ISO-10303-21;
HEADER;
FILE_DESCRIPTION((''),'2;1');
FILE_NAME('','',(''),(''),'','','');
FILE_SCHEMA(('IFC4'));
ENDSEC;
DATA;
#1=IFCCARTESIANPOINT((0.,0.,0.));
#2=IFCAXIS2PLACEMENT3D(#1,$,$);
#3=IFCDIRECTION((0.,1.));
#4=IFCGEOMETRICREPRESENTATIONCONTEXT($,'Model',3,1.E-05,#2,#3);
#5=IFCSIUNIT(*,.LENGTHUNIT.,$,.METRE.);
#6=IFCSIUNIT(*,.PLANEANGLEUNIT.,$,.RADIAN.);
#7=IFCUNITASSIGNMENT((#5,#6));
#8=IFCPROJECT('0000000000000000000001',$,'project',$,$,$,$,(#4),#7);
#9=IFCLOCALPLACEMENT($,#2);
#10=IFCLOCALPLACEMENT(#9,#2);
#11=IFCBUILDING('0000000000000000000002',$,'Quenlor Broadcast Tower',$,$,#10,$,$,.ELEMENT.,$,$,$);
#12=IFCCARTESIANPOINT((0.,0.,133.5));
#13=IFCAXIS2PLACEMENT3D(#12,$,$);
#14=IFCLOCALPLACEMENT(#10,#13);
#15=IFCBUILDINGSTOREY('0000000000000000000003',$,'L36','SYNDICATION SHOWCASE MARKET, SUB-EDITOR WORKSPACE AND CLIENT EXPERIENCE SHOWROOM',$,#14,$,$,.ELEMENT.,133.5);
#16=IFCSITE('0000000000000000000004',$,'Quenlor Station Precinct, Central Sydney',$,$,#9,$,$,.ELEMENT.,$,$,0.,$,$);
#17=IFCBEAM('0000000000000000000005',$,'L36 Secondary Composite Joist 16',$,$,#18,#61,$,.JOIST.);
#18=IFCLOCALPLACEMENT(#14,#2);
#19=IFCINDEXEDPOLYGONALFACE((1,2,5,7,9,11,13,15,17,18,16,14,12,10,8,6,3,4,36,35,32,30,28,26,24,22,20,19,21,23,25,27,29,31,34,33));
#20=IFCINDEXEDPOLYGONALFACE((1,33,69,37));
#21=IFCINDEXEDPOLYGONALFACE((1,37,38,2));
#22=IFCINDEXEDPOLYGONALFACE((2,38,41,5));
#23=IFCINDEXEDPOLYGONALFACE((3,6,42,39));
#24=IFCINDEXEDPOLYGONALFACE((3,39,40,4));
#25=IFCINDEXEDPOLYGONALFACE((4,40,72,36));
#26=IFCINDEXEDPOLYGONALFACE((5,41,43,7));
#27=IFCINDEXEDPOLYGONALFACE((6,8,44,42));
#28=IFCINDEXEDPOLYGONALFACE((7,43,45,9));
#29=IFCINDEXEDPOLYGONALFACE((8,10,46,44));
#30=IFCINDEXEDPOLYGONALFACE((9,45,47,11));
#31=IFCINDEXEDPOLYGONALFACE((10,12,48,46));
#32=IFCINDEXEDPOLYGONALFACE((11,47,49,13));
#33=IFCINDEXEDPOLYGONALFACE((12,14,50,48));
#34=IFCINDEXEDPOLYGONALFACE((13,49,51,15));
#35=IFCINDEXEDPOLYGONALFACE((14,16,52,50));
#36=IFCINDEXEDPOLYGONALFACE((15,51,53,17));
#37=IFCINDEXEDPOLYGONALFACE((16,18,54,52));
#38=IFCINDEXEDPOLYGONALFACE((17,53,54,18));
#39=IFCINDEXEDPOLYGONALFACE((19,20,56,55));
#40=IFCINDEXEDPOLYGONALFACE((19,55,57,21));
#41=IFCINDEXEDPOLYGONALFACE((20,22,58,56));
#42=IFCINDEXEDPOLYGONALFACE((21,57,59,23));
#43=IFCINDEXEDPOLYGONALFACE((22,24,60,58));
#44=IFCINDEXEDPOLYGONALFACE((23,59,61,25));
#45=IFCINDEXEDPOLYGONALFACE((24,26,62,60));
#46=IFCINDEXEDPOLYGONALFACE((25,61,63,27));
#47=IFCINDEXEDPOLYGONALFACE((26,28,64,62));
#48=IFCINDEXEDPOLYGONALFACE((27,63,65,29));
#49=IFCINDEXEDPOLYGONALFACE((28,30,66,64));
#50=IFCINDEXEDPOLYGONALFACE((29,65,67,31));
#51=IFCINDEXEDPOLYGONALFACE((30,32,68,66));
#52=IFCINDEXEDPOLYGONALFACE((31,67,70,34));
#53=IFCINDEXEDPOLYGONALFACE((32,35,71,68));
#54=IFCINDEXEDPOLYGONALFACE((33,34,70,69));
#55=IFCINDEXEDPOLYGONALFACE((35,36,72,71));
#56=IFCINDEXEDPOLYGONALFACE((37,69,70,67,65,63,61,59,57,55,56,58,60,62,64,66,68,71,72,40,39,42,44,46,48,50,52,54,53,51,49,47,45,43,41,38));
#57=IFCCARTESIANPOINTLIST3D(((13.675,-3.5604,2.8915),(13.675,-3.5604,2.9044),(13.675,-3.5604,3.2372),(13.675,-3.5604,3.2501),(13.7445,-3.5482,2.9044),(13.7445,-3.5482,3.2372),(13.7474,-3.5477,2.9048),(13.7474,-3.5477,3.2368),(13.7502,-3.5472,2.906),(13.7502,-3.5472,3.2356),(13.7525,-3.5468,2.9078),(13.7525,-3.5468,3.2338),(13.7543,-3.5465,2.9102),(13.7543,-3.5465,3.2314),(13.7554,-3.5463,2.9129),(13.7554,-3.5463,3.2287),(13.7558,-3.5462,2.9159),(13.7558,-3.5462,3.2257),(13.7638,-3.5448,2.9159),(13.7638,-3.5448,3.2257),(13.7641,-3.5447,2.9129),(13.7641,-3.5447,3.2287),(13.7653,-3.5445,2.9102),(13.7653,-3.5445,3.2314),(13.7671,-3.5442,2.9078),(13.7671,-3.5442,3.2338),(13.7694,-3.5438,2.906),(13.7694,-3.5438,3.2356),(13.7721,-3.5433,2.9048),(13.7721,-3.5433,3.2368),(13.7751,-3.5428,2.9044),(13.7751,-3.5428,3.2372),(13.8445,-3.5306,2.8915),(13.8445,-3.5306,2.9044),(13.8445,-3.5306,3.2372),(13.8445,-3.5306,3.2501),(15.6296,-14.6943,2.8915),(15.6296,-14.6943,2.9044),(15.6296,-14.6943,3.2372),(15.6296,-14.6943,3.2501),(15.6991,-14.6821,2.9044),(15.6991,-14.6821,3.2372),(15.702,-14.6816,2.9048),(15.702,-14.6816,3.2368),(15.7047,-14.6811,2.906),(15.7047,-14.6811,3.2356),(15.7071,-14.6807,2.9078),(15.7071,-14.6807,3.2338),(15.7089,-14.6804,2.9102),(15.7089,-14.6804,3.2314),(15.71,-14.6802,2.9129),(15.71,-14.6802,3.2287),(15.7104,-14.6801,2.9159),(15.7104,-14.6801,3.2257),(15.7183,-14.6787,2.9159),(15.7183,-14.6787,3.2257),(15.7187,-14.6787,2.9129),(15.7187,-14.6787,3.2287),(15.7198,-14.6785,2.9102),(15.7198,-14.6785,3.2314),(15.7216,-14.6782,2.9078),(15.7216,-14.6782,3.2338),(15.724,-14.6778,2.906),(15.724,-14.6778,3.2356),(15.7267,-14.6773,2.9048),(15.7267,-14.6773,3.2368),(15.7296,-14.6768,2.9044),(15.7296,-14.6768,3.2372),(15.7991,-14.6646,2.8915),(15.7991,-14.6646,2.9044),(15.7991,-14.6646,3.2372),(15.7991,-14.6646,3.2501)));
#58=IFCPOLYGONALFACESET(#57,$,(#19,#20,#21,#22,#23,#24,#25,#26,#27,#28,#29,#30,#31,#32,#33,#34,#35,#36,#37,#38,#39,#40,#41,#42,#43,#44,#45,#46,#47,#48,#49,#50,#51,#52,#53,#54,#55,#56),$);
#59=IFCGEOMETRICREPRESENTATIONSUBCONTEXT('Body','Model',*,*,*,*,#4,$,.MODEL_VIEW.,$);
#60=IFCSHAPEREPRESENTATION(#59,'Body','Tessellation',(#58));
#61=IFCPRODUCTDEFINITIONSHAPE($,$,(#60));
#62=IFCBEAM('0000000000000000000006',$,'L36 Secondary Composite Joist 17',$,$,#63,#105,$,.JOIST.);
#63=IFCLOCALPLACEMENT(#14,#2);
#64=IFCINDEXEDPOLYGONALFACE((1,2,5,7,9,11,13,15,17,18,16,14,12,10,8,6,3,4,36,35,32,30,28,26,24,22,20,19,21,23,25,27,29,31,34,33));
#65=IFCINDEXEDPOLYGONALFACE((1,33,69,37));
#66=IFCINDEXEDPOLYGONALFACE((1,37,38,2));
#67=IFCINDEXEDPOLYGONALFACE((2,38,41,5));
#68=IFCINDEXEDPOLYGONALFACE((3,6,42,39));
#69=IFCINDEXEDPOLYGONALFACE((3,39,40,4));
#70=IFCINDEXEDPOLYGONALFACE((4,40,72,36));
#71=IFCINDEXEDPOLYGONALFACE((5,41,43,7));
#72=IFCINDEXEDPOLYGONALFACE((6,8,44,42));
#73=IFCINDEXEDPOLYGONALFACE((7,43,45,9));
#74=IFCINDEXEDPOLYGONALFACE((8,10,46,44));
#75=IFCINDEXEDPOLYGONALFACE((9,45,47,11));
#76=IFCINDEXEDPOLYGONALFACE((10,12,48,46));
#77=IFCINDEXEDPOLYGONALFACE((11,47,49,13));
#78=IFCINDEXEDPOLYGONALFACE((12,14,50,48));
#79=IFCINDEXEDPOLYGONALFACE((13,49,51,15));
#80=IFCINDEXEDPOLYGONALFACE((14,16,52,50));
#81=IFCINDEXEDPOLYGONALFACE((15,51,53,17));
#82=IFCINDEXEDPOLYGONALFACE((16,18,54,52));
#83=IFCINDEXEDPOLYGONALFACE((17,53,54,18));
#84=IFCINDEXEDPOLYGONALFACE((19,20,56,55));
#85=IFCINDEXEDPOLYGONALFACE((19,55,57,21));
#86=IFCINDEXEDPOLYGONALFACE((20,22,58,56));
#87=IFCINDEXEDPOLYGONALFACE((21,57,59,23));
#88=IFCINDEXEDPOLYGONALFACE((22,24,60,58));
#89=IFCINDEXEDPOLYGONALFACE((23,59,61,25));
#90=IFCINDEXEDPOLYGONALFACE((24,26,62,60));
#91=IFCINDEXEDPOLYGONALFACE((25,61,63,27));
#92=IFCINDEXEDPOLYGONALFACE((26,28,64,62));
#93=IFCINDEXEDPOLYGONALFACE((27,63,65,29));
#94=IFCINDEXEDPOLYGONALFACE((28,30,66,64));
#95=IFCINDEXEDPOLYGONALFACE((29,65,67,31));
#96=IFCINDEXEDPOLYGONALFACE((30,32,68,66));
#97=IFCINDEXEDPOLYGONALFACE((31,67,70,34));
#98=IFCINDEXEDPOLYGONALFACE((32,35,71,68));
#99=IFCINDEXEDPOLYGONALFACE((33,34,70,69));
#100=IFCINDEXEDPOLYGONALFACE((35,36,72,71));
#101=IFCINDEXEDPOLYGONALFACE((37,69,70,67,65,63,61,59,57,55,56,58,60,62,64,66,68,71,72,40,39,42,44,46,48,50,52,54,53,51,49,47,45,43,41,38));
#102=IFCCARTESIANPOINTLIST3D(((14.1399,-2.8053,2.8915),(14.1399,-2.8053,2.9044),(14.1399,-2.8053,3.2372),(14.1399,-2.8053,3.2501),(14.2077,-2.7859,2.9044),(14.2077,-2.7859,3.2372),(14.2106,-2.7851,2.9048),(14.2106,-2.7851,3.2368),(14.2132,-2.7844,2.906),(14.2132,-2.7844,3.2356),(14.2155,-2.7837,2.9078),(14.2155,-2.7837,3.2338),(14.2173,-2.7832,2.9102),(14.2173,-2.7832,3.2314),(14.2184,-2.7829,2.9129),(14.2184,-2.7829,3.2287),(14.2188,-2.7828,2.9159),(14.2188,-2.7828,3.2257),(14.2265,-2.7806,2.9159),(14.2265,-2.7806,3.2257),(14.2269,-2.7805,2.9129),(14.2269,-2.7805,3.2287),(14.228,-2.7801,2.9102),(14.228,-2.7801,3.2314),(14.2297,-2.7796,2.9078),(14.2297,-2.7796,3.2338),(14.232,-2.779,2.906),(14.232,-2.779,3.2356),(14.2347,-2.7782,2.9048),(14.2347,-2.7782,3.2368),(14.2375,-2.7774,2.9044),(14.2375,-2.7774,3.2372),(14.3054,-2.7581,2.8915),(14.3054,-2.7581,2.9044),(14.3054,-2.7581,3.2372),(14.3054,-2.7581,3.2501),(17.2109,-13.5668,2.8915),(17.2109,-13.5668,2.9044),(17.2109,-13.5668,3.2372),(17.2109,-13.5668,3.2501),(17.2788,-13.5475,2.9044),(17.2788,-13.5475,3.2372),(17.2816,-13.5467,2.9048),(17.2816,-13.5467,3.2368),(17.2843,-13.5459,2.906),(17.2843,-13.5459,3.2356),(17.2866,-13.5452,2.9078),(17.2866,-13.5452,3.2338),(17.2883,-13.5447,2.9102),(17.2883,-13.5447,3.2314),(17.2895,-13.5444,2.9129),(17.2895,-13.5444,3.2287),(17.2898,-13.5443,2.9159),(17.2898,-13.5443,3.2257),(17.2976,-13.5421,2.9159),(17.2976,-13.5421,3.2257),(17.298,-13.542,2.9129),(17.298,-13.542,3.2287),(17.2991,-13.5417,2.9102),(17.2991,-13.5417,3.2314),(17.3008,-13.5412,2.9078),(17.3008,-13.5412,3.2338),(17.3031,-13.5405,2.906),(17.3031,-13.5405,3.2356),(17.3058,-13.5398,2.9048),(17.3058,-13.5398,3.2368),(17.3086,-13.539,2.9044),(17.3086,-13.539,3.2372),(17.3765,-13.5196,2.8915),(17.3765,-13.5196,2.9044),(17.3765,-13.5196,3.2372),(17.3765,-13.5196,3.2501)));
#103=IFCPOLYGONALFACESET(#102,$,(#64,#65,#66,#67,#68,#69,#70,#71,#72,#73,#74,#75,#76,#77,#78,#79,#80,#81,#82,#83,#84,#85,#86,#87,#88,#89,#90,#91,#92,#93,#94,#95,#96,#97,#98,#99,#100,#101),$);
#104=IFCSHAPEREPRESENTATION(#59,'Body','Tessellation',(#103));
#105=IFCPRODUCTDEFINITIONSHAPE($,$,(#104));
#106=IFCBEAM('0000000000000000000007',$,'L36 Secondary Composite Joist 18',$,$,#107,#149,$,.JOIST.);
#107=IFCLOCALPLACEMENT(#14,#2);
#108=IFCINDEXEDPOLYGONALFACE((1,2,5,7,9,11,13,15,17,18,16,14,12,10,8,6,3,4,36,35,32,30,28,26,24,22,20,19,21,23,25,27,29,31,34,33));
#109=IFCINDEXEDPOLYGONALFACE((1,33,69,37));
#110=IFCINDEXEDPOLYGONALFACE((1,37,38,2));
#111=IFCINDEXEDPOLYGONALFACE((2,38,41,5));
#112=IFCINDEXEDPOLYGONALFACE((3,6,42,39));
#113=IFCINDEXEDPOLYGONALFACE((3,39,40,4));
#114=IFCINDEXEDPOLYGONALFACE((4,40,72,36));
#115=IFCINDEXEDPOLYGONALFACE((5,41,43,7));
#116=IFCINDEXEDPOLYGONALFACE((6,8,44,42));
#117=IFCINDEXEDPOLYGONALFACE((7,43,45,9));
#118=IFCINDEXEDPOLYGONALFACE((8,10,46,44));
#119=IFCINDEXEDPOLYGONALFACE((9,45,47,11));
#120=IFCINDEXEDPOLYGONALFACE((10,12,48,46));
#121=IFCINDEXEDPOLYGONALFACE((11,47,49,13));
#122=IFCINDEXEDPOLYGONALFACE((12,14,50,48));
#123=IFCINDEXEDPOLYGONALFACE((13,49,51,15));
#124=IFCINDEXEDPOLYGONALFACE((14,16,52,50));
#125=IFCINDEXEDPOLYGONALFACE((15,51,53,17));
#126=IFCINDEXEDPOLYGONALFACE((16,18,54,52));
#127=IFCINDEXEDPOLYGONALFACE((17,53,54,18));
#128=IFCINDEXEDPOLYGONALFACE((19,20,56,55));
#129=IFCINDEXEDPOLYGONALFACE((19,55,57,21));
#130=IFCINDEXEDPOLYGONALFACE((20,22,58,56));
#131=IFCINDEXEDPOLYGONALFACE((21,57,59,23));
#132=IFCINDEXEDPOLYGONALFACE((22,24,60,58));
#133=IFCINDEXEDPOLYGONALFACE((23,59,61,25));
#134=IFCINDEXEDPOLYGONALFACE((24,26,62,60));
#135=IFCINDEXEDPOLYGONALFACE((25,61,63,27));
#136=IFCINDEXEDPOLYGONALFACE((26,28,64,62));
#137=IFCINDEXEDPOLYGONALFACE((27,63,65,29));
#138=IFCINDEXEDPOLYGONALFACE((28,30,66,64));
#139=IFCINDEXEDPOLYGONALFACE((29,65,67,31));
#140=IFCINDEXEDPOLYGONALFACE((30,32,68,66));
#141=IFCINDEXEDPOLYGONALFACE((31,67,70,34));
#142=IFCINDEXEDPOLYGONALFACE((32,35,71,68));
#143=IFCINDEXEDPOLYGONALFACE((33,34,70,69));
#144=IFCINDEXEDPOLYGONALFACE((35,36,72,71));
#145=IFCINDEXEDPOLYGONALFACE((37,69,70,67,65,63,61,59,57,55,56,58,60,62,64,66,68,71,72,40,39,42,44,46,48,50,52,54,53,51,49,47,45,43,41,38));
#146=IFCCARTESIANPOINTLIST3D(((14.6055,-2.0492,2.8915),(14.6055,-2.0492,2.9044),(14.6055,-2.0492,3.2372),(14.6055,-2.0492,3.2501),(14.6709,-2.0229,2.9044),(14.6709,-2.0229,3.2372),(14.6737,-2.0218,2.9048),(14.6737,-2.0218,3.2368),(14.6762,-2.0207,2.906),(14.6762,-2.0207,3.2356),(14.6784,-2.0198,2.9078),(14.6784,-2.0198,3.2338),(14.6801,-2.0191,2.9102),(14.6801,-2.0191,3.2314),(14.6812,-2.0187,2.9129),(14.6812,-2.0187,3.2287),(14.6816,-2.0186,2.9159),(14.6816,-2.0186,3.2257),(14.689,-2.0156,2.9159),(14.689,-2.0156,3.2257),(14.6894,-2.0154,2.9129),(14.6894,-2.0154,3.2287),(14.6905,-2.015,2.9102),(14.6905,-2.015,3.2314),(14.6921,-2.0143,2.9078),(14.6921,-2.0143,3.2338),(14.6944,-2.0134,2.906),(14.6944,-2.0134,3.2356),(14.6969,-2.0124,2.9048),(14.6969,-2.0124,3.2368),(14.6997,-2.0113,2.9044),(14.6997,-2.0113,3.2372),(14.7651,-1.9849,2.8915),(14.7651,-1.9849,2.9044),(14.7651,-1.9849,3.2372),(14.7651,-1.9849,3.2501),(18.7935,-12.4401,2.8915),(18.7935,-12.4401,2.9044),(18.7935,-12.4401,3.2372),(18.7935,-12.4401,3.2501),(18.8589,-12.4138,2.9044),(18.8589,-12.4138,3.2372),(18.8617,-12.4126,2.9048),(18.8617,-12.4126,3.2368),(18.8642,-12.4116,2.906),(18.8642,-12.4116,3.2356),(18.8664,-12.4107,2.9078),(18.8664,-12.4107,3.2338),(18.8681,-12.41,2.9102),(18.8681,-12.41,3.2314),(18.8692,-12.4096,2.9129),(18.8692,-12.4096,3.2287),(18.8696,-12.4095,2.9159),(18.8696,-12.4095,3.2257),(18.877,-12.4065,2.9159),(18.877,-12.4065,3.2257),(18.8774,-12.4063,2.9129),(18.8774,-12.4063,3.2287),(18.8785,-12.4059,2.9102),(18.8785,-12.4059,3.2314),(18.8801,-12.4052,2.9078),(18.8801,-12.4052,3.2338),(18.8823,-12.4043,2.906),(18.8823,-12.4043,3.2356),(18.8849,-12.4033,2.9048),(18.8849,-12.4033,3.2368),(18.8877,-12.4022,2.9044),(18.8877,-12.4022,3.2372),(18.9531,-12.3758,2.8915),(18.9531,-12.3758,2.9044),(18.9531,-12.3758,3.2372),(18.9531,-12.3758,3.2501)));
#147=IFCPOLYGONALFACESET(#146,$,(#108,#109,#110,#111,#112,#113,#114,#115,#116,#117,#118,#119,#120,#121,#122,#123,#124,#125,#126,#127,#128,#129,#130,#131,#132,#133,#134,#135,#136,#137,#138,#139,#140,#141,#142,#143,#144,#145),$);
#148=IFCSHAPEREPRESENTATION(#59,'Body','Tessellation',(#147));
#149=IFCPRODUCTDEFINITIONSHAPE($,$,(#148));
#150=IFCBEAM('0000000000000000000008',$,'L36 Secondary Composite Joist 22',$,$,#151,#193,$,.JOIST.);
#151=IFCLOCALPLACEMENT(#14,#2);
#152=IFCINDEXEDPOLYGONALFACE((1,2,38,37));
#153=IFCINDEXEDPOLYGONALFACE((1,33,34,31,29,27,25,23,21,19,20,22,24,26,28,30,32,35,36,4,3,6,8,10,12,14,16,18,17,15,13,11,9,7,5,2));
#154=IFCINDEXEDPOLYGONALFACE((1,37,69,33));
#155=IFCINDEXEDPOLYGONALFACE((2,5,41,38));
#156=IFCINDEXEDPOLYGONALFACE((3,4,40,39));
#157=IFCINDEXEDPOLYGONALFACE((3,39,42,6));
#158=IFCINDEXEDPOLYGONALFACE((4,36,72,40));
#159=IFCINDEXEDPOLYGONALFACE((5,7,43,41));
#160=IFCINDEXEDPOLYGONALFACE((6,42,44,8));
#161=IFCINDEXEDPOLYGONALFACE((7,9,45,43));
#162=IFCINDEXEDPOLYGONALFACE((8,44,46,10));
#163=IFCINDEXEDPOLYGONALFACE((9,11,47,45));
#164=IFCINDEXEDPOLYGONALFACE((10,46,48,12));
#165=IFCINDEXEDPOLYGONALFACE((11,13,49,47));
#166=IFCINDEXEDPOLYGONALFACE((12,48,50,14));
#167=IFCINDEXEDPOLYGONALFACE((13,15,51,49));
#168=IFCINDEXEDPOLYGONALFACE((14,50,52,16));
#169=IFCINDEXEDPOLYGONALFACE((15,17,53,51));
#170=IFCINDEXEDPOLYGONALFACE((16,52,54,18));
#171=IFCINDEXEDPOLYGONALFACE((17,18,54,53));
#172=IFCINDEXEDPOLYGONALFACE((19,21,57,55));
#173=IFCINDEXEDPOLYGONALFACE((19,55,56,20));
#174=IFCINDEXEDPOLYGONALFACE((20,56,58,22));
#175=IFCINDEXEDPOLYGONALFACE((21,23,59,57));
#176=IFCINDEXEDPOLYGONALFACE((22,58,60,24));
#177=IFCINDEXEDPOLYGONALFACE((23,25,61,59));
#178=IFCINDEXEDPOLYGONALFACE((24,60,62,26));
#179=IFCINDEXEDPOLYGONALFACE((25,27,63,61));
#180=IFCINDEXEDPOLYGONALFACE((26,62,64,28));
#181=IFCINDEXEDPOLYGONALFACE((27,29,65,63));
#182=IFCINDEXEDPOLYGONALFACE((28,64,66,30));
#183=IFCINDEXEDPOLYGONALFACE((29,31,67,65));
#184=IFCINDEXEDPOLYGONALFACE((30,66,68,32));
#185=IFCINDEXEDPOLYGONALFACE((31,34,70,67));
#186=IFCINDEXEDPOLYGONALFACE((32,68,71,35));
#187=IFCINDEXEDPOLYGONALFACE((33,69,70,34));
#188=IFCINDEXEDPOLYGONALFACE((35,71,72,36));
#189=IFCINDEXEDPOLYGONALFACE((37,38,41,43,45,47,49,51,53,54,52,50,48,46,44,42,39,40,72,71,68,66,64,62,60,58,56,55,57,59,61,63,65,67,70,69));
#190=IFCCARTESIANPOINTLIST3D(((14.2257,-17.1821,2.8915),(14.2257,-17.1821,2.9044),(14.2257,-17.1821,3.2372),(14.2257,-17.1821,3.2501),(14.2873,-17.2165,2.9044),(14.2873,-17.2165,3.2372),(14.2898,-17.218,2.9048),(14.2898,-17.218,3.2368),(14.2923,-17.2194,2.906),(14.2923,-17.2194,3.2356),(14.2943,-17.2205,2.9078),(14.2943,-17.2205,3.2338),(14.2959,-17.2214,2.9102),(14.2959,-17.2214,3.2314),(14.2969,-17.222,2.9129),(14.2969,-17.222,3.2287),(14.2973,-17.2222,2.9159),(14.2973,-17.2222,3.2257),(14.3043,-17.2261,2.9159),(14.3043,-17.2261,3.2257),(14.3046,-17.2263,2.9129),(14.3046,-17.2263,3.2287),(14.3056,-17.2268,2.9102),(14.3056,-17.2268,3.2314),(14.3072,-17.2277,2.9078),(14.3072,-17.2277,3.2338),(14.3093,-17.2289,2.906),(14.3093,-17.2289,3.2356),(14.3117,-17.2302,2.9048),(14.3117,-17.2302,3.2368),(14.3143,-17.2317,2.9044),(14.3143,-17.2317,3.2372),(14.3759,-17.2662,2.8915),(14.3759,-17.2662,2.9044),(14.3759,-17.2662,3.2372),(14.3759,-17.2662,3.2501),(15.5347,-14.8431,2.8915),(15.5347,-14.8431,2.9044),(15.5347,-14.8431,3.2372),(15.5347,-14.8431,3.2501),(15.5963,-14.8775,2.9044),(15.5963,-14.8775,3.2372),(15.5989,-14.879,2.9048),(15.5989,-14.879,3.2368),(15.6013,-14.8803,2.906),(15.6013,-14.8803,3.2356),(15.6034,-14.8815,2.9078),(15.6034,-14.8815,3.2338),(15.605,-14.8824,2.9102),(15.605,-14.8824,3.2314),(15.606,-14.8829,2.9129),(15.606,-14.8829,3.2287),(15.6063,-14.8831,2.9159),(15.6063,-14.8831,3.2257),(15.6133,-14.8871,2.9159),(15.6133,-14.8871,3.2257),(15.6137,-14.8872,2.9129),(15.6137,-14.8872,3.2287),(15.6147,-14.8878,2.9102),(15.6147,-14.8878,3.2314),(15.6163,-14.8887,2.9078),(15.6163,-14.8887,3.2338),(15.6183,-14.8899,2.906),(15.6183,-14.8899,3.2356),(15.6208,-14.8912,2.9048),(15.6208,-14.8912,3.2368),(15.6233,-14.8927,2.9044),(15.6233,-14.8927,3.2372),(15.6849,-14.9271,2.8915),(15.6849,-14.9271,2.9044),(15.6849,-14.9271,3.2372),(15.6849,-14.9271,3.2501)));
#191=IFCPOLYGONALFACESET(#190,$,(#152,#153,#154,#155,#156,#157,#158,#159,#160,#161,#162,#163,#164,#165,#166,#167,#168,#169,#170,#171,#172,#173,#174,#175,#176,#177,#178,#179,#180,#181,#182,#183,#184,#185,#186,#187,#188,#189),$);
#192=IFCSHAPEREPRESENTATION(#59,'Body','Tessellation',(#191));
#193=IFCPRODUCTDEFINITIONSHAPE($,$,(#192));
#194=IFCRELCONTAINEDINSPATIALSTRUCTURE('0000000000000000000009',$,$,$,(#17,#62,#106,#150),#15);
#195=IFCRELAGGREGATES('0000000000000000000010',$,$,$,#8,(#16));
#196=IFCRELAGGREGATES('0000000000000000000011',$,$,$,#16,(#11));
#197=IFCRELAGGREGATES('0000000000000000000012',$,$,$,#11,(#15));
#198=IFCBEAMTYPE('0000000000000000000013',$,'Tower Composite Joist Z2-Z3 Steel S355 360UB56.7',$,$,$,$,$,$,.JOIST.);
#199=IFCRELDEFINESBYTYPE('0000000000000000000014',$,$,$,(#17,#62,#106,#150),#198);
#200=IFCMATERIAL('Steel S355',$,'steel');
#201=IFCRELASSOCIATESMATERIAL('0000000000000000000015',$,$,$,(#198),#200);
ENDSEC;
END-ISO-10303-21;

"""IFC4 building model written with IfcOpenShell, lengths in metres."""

from ifc_helpers import new_model, si_unit, direction, frame, origin, origin_2d, place, context, subcontext, project, spatial, i_section, extrude, material, material_profile, profile_set, type_object, element, save


model = new_model("IFC4")

# Units and contexts
model_context = context("Model", 3, precision=1e-05, world=origin(), true_north=direction((0.0, 1.0)))
body_context = subcontext(model_context, "Body", "Model", "MODEL_VIEW")
ifc_project = project(units=[si_unit("LENGTHUNIT", "METRE"), si_unit("PLANEANGLEUNIT", "RADIAN")], contexts=[model_context])

# Site, building, storey
site_placement = place(None, origin())
site = spatial("IfcSite", under=ifc_project, at=site_placement, Name="Quenlor Station Precinct, Central Sydney", CompositionType="ELEMENT", RefElevation=0.0)
building_placement = place(site_placement, origin())
building = spatial("IfcBuilding", under=site, at=building_placement, Name="Quenlor Broadcast Tower", CompositionType="ELEMENT")
storey_placement = place(building_placement, frame((0.0, 0.0, 133.5)))
storey = spatial("IfcBuildingStorey", under=building, at=storey_placement, Name="L36", Description="SYNDICATION SHOWCASE MARKET, SUB-EDITOR WORKSPACE AND CLIENT EXPERIENCE SHOWROOM", CompositionType="ELEMENT", Elevation=133.5)

# Beams
ifc_material_1 = material(Name="Steel S355", Category="steel")
ifc_material_profile_1 = material_profile(ifc_material_1, i_section(OverallWidth=0.1721, OverallDepth=0.3586, WebThickness=0.0081, FlangeThickness=0.0129, FilletRadius=0.0115, at=origin_2d()))
ifc_profile_set_1 = profile_set([ifc_material_profile_1], Name="Steel S355 360UB56.7")
beam_type_1 = type_object("IfcBeamType", Name="Tower Composite Joist Z2-Z3 Steel S355 360UB56.7", PredefinedType="JOIST", material=ifc_profile_set_1)
beam_1_placement = place(storey_placement, frame((15.7144, -14.6794, 3.0708), z_axis=(-0.172907, 0.984938, 0.0), x_axis=(-0.984938, -0.172907, 0.0)))
element("IfcBeam", 1, at=beam_1_placement, inside=storey, type_object=beam_type_1, Name="L36 Secondary Composite Joist 16", PredefinedType="JOIST", context=body_context, shape_type="SweptSolid", body=[
    extrude(i_section(OverallWidth=0.1721, OverallDepth=0.3586, WebThickness=0.0081, FlangeThickness=0.0129, FilletRadius=0.0115, at=origin_2d()), origin(), (0.0, 0.0, 1.0), 11.3042),
])
beam_2_placement = place(storey_placement, frame((17.2937, -13.5432, 3.0708), z_axis=(-0.274419, 0.96161, 0.0), x_axis=(-0.96161, -0.274419, 0.0)))
element("IfcBeam", 2, at=beam_2_placement, inside=storey, type_object=beam_type_1, Name="L36 Secondary Composite Joist 17", PredefinedType="JOIST", context=body_context, shape_type="SweptSolid", body=[
    extrude(i_section(OverallWidth=0.1721, OverallDepth=0.3586, WebThickness=0.0081, FlangeThickness=0.0129, FilletRadius=0.0115, at=origin_2d()), origin(), (0.0, 0.0, 1.0), 11.1912),
])
beam_3_placement = place(storey_placement, frame((18.8733, -12.408, 3.0708), z_axis=(-0.373824, 0.9275, 0.0), x_axis=(-0.9275, -0.373824, 0.0)))
element("IfcBeam", 3, at=beam_3_placement, inside=storey, type_object=beam_type_1, Name="L36 Secondary Composite Joist 18", PredefinedType="JOIST", context=body_context, shape_type="SweptSolid", body=[
    extrude(i_section(OverallWidth=0.1721, OverallDepth=0.3586, WebThickness=0.0081, FlangeThickness=0.0129, FilletRadius=0.0115, at=origin_2d()), origin(), (0.0, 0.0, 1.0), 11.2031),
])
beam_4_placement = place(storey_placement, frame((14.3008, -17.2241, 3.0708), z_axis=(0.48837, 0.872636, 0.0), x_axis=(-0.872636, 0.48837, 0.0)))
element("IfcBeam", 4, at=beam_4_placement, inside=storey, type_object=beam_type_1, Name="L36 Secondary Composite Joist 22", PredefinedType="JOIST", context=body_context, shape_type="SweptSolid", body=[
    extrude(i_section(OverallWidth=0.1721, OverallDepth=0.3586, WebThickness=0.0081, FlangeThickness=0.0129, FilletRadius=0.0115, at=origin_2d()), origin(), (0.0, 0.0, 1.0), 2.6804),
])

save(model, "model.ifc")
